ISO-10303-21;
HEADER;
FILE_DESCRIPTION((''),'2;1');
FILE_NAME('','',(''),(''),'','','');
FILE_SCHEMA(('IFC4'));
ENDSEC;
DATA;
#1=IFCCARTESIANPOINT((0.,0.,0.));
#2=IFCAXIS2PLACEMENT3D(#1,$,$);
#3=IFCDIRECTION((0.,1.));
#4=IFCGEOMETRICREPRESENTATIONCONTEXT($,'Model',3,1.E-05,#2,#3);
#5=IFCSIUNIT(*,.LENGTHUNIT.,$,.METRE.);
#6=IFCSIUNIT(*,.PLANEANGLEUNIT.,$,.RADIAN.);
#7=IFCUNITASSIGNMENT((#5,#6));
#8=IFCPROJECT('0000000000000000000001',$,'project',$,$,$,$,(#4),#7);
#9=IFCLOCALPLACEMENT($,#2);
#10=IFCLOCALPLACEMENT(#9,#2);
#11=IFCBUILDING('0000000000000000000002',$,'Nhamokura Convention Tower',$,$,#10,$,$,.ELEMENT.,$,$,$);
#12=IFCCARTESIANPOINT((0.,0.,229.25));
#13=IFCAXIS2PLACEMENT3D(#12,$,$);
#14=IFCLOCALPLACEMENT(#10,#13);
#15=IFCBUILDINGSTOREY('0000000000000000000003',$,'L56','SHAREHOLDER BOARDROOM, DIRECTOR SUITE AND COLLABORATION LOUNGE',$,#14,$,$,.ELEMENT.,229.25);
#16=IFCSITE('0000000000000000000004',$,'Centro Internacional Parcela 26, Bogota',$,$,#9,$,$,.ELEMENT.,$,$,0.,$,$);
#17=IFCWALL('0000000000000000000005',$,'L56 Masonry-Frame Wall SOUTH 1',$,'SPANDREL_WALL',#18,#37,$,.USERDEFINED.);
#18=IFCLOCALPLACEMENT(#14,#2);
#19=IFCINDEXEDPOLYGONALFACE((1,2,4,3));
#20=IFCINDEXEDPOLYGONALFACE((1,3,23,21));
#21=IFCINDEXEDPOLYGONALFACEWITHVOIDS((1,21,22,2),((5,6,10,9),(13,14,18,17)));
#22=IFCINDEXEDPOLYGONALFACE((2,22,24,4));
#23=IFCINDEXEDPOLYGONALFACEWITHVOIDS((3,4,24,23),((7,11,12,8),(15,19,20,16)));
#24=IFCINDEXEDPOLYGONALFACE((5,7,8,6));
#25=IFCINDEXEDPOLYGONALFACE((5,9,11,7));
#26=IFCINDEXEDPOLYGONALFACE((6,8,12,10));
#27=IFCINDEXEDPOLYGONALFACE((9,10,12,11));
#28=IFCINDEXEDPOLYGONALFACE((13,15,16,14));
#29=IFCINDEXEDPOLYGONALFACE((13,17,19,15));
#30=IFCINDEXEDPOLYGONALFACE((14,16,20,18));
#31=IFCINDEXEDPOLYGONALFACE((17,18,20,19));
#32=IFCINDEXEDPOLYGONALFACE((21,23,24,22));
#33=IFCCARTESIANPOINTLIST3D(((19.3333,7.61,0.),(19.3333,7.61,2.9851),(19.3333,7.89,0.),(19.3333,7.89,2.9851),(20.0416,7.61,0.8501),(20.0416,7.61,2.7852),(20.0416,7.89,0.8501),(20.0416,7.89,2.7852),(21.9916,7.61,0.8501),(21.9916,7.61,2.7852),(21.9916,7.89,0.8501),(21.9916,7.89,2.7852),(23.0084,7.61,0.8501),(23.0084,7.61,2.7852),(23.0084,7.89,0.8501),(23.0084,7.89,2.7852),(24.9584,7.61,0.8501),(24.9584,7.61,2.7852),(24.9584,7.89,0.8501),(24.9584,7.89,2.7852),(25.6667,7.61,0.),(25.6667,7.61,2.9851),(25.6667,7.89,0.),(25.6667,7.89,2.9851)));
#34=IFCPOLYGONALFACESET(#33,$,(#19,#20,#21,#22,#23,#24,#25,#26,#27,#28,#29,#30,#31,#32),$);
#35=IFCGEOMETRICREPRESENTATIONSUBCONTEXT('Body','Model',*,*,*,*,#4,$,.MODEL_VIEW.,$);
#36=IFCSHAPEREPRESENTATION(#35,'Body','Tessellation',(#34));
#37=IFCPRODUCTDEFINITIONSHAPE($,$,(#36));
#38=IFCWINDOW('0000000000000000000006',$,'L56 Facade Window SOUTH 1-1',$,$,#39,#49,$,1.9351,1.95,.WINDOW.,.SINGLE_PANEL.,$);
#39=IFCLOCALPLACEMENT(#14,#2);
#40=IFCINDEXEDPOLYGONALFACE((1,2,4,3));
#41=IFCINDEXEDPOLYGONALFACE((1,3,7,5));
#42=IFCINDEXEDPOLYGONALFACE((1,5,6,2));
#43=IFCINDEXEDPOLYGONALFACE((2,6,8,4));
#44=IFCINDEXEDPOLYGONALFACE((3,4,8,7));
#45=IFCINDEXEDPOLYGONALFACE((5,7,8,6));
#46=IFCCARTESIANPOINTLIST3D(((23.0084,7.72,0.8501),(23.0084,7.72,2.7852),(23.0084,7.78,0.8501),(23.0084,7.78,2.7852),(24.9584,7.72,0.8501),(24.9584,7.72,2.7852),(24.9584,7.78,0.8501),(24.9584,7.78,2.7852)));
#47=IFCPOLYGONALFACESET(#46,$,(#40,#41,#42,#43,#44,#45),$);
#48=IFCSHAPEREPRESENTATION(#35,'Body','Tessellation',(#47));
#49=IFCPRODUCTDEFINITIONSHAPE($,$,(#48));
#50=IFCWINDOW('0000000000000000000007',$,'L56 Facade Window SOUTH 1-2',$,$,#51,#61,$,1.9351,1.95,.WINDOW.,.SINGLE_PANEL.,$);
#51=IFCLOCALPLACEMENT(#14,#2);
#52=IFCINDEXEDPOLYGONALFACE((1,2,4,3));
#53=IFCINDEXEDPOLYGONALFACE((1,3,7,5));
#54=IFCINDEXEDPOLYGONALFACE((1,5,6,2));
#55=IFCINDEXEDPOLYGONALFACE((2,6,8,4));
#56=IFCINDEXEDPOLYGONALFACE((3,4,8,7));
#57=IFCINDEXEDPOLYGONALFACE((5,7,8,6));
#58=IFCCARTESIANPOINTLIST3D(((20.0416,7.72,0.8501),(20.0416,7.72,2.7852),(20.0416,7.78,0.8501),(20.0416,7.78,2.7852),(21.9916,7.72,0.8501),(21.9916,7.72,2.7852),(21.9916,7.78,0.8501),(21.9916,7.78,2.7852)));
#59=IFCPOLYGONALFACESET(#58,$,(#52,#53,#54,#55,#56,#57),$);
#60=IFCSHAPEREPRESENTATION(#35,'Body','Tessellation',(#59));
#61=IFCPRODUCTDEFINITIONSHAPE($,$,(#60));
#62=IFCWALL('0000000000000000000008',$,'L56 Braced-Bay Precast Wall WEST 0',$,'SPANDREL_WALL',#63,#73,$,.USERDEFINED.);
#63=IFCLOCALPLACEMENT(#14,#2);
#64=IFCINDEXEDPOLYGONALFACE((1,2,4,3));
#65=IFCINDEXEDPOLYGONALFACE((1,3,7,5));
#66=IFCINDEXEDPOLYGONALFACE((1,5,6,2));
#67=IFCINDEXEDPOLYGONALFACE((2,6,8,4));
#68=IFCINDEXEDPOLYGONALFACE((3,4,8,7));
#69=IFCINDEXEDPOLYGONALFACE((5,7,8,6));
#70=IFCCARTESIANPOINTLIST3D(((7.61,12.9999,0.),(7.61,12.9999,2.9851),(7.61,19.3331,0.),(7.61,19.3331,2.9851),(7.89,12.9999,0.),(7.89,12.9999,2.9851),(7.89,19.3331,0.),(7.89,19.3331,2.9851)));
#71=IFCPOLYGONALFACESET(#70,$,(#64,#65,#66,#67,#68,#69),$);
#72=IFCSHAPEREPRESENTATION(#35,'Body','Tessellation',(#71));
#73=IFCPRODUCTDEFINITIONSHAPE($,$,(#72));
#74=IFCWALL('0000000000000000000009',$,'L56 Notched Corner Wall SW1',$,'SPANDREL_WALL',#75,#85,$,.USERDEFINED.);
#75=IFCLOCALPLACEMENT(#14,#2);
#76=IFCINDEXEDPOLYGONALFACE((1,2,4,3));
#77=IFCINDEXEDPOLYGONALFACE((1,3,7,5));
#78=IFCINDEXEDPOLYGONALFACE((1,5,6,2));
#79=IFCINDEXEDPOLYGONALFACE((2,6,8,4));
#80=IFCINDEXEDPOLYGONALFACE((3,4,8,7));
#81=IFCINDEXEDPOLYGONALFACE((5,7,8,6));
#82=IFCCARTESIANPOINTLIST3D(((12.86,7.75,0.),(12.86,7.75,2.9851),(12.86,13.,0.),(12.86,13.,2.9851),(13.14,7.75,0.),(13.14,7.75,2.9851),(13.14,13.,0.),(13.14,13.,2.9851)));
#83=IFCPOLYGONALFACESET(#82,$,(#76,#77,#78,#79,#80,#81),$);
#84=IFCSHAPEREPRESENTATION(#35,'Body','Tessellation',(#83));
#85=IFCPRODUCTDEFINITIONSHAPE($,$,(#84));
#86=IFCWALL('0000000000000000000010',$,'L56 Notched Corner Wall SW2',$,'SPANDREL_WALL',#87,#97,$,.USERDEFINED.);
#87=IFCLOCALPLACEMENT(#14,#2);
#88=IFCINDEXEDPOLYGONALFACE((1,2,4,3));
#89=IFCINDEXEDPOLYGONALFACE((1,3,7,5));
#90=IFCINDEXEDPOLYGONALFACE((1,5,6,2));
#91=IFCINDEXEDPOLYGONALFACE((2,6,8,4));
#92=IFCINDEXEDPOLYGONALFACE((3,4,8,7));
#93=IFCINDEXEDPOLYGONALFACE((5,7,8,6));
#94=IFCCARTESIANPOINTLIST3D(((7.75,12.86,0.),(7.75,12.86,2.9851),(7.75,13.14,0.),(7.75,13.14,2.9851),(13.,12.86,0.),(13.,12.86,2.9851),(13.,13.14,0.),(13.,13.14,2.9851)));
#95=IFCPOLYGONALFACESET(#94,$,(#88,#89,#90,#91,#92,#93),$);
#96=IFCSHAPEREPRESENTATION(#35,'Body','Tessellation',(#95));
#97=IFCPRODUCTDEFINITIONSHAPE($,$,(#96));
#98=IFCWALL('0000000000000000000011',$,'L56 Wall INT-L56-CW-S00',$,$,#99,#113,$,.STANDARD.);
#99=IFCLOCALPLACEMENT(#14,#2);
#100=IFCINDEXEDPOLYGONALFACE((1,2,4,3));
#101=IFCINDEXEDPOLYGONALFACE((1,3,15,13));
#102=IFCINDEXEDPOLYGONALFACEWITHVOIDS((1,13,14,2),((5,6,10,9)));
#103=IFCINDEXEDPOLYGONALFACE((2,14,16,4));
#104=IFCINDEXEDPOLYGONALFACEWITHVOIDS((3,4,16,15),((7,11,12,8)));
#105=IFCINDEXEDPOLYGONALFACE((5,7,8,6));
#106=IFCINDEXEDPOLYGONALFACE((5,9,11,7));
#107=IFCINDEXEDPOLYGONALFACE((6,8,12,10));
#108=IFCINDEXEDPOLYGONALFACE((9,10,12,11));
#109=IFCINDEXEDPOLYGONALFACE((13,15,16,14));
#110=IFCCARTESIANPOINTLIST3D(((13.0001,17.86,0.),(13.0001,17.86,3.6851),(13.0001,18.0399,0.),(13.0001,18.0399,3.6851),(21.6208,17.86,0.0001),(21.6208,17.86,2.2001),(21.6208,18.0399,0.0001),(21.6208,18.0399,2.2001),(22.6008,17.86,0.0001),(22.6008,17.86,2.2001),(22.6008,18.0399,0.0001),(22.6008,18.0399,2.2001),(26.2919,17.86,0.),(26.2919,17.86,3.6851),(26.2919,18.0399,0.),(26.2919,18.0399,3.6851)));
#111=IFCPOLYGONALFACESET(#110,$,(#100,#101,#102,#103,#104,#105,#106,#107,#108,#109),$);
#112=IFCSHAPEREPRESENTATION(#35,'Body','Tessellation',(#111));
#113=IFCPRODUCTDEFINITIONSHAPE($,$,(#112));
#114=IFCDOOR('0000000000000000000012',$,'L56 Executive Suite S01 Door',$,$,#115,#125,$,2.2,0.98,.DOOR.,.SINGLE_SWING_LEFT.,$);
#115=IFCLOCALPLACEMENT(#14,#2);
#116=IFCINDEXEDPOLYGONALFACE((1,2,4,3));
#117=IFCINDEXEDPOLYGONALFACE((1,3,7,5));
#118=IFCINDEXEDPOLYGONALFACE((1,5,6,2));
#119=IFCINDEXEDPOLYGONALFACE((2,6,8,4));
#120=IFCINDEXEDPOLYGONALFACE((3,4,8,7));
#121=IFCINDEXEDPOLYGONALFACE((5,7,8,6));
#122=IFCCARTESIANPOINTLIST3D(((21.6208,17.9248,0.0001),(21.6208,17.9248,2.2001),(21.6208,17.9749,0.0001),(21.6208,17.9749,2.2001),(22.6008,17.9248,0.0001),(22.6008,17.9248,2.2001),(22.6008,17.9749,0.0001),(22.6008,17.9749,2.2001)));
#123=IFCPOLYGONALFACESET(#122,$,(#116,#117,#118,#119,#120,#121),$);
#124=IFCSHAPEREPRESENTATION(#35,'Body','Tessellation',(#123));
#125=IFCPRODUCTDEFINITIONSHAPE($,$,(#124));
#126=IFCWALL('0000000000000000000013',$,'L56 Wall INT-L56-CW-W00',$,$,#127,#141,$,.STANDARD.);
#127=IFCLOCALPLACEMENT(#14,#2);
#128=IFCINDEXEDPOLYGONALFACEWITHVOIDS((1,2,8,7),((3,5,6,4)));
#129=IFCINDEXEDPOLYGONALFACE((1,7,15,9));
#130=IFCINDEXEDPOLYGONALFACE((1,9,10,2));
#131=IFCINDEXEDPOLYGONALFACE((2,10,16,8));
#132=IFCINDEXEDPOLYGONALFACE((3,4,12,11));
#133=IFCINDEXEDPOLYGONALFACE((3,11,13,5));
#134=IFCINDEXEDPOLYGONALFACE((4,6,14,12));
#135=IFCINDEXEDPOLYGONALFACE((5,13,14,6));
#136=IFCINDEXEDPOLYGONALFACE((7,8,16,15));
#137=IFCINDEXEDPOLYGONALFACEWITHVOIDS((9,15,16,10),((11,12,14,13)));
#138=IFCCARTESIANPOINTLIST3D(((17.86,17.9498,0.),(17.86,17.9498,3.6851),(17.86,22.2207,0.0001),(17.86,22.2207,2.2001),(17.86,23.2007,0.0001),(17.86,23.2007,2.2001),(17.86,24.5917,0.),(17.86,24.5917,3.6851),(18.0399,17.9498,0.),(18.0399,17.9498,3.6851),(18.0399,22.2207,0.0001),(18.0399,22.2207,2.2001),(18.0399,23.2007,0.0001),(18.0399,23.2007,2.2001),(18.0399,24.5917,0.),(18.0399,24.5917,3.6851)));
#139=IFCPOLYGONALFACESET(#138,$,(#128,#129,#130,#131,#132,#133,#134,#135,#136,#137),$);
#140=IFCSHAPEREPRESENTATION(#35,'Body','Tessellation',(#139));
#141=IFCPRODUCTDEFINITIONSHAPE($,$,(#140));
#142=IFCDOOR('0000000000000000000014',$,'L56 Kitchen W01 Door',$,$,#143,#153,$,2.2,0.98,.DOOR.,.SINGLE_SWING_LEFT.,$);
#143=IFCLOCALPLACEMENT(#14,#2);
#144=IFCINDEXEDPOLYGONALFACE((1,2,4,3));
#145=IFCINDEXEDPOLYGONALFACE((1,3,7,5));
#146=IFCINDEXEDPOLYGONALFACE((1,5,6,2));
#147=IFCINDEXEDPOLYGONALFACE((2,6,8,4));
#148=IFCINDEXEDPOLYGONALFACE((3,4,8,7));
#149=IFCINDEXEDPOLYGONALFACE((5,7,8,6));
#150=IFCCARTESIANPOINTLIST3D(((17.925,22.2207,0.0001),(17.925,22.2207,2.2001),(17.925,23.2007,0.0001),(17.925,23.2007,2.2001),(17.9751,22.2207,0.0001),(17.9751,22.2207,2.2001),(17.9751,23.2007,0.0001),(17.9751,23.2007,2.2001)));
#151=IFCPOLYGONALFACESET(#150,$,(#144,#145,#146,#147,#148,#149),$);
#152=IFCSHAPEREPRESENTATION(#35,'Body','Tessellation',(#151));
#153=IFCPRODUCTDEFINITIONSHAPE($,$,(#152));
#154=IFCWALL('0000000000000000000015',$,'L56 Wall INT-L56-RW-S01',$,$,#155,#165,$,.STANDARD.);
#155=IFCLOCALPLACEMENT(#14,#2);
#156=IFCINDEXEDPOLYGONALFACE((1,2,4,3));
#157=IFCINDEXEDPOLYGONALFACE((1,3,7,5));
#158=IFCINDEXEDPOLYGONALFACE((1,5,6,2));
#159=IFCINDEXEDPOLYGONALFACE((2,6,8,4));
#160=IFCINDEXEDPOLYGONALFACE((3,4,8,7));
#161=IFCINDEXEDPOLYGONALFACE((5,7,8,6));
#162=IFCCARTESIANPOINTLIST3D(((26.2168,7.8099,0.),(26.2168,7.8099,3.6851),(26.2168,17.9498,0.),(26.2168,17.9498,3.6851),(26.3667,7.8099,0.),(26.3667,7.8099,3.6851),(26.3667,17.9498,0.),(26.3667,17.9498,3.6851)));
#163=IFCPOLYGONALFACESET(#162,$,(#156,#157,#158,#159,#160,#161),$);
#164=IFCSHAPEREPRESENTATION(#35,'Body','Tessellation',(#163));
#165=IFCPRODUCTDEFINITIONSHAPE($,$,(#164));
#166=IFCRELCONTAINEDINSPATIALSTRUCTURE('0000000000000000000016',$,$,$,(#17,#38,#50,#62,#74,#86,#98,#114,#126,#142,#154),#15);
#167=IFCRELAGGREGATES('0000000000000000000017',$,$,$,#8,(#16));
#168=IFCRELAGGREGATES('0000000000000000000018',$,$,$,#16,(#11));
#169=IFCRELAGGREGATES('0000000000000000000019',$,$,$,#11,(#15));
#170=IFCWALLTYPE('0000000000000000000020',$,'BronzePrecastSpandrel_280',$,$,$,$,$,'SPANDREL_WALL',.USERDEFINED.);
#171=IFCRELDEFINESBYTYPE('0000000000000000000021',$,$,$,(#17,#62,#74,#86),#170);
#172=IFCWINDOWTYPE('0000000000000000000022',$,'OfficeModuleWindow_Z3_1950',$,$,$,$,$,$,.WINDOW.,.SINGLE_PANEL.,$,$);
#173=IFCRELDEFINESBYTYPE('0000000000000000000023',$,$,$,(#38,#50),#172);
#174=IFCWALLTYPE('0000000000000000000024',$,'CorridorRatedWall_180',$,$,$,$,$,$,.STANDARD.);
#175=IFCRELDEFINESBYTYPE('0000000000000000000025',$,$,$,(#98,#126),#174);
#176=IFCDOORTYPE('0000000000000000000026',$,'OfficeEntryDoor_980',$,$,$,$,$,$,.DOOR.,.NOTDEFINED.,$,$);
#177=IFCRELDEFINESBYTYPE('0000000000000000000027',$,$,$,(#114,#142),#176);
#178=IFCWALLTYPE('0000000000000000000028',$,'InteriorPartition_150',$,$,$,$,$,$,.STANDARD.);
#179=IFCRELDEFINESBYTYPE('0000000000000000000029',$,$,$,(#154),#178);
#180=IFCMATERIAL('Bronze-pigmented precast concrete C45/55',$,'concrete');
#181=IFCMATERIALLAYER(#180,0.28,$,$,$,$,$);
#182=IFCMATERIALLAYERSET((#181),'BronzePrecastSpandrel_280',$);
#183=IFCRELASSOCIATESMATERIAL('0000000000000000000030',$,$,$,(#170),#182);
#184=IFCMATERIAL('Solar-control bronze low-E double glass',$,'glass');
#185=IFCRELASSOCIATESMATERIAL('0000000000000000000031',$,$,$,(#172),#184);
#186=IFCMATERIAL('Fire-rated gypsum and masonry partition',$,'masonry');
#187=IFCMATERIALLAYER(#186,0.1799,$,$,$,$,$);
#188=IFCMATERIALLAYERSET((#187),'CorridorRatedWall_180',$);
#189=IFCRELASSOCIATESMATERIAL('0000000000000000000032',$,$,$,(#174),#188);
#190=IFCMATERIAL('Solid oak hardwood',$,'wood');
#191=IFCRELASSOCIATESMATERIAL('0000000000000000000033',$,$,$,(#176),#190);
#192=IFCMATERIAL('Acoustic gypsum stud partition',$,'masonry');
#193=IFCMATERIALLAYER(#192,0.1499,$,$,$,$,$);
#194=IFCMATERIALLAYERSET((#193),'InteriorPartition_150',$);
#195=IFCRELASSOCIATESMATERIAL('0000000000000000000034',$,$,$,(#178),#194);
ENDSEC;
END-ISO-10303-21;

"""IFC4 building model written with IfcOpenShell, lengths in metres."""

from ifc_helpers import new_model, si_unit, direction, frame, frame_2d, origin, place, context, subcontext, project, spatial, rectangle, extrude, material, layer, layer_set, type_object, element, fill, save


model = new_model("IFC4")

# Units and contexts
model_context = context("Model", 3, precision=1e-05, world=origin(), true_north=direction((0.0, 1.0)))
body_context = subcontext(model_context, "Body", "Model", "MODEL_VIEW")
ifc_project = project(units=[si_unit("LENGTHUNIT", "METRE"), si_unit("PLANEANGLEUNIT", "RADIAN")], contexts=[model_context])

# Site, building, storey
site_placement = place(None, origin())
site = spatial("IfcSite", under=ifc_project, at=site_placement, Name="Centro Internacional Parcela 26, Bogota", CompositionType="ELEMENT", RefElevation=0.0)
building_placement = place(site_placement, origin())
building = spatial("IfcBuilding", under=site, at=building_placement, Name="Nhamokura Convention Tower", CompositionType="ELEMENT")
storey_placement = place(building_placement, frame((0.0, 0.0, 229.25)))
storey = spatial("IfcBuildingStorey", under=building, at=storey_placement, Name="L56", Description="SHAREHOLDER BOARDROOM, DIRECTOR SUITE AND COLLABORATION LOUNGE", CompositionType="ELEMENT", Elevation=229.25)

# Shared definitions
ifc_material_1 = material(Name="Bronze-pigmented precast concrete C45/55", Category="concrete")
ifc_layer_1 = layer(ifc_material_1, 0.28)
ifc_layer_set_1 = layer_set([ifc_layer_1], Name="BronzePrecastSpandrel_280")
wall_type_1 = type_object("IfcWallType", Name="BronzePrecastSpandrel_280", ElementType="SPANDREL_WALL", PredefinedType="USERDEFINED", material=ifc_layer_set_1)

# Wall, openings, windows
wall_1_placement = place(storey_placement, frame((25.6667, 7.75, 0.0), z_axis=(0.0, 0.0, 1.0), x_axis=(-1.0, 0.0, 0.0)))
wall_1 = element("IfcWall", 1, at=wall_1_placement, inside=storey, type_object=wall_type_1, Name="L56 Masonry-Frame Wall SOUTH 1", ObjectType="SPANDREL_WALL", PredefinedType="USERDEFINED", context=body_context, shape_type="SweptSolid", body=[
    extrude(rectangle(XDim=6.3335, YDim=0.28, at=frame_2d((3.1667, 0.0))), origin(), (0.0, 0.0, 1.0), 2.9851),
])
opening_1_placement = place(wall_1_placement, frame((0.7083, 0.0, 0.8501)))
opening_1 = element("IfcOpeningElement", 2, at=opening_1_placement, cuts=wall_1, PredefinedType="OPENING", context=body_context, shape_type="SweptSolid", body=[
    extrude(rectangle(XDim=1.95, YDim=1.9351, at=frame_2d((0.9751, 0.9675))), frame((0.0, 0.1499, 0.0), z_axis=(0.0, -1.0, 0.0), x_axis=(1.0, 0.0, 0.0)), (0.0, 0.0, 1.0), 0.3),
])
opening_2_placement = place(wall_1_placement, frame((3.675, 0.0, 0.8501)))
opening_2 = element("IfcOpeningElement", 3, at=opening_2_placement, cuts=wall_1, PredefinedType="OPENING", context=body_context, shape_type="SweptSolid", body=[
    extrude(rectangle(XDim=1.95, YDim=1.9351, at=frame_2d((0.9751, 0.9675))), frame((0.0, 0.1499, 0.0), z_axis=(0.0, -1.0, 0.0), x_axis=(1.0, 0.0, 0.0)), (0.0, 0.0, 1.0), 0.3),
])
ifc_material_2 = material(Name="Solar-control bronze low-E double glass", Category="glass")
window_type = type_object("IfcWindowType", Name="OfficeModuleWindow_Z3_1950", PartitioningType="SINGLE_PANEL", PredefinedType="WINDOW", material=ifc_material_2)
window_1_placement = place(opening_1_placement, origin())
window_1 = element("IfcWindow", 4, at=window_1_placement, inside=storey, type_object=window_type, Name="L56 Facade Window SOUTH 1-1", OverallHeight=1.9351, OverallWidth=1.95, PartitioningType="SINGLE_PANEL", PredefinedType="WINDOW", context=body_context, shape_type="SweptSolid", body=[
    extrude(rectangle(XDim=1.95, YDim=1.9351, at=frame_2d((0.9751, 0.9675))), frame((0.0, 0.03, 0.0), z_axis=(0.0, -1.0, 0.0), x_axis=(1.0, 0.0, 0.0)), (0.0, 0.0, 1.0), 0.0601),
])
fill(opening_1, window_1)
window_2_placement = place(opening_2_placement, origin())
window_2 = element("IfcWindow", 5, at=window_2_placement, inside=storey, type_object=window_type, Name="L56 Facade Window SOUTH 1-2", OverallHeight=1.9351, OverallWidth=1.95, PartitioningType="SINGLE_PANEL", PredefinedType="WINDOW", context=body_context, shape_type="SweptSolid", body=[
    extrude(rectangle(XDim=1.95, YDim=1.9351, at=frame_2d((0.9751, 0.9675))), frame((0.0, 0.03, 0.0), z_axis=(0.0, -1.0, 0.0), x_axis=(1.0, 0.0, 0.0)), (0.0, 0.0, 1.0), 0.0601),
])
fill(opening_2, window_2)

# Walls
wall_2_placement = place(storey_placement, frame((7.75, 13.0, 0.0), z_axis=(0.0, 0.0, 1.0), x_axis=(0.0, 1.0, 0.0)))
element("IfcWall", 6, at=wall_2_placement, inside=storey, type_object=wall_type_1, Name="L56 Braced-Bay Precast Wall WEST 0", ObjectType="SPANDREL_WALL", PredefinedType="USERDEFINED", context=body_context, shape_type="SweptSolid", body=[
    extrude(rectangle(XDim=6.3333, YDim=0.28, at=frame_2d((3.1665, 0.0))), origin(), (0.0, 0.0, 1.0), 2.9851),
])
for number, where, z_axis, x_axis, name in (
    (7, (13.0, 7.75, 0.0), (0.0, 0.0, 1.0), (0.0, 1.0, 0.0), "L56 Notched Corner Wall SW1"),
    (8, (13.0, 13.0, 0.0), (0.0, 0.0, 1.0), (-1.0, 0.0, 0.0), "L56 Notched Corner Wall SW2"),
):
    element("IfcWall", number, at=place(storey_placement, frame(where, z_axis=z_axis, x_axis=x_axis)), inside=storey, type_object=wall_type_1, Name=name, ObjectType="SPANDREL_WALL", PredefinedType="USERDEFINED", context=body_context, shape_type="SweptSolid", body=[
        extrude(rectangle(XDim=5.25, YDim=0.28, at=frame_2d((2.625, 0.0))), origin(), (0.0, 0.0, 1.0), 2.9851),
    ])

# Walls, openings, doors
ifc_material_3 = material(Name="Fire-rated gypsum and masonry partition", Category="masonry")
ifc_layer_2 = layer(ifc_material_3, 0.1799)
ifc_layer_set_2 = layer_set([ifc_layer_2], Name="CorridorRatedWall_180")
wall_type_2 = type_object("IfcWallType", Name="CorridorRatedWall_180", PredefinedType="STANDARD", material=ifc_layer_set_2)
wall_3_placement = place(storey_placement, frame((13.0, 17.95, 0.0), z_axis=(0.0, 0.0, 1.0), x_axis=(1.0, 0.0, 0.0)))
wall_3 = element("IfcWall", 9, at=wall_3_placement, inside=storey, type_object=wall_type_2, Name="L56 Wall INT-L56-CW-S00", PredefinedType="STANDARD", context=body_context, shape_type="SweptSolid", body=[
    extrude(rectangle(XDim=13.2917, YDim=0.1799, at=frame_2d((6.646, 0.0))), origin(), (0.0, 0.0, 1.0), 3.6851),
])
opening_3_placement = place(wall_3_placement, frame((8.6208, 0.0, 0.0)))
opening_3 = element("IfcOpeningElement", 10, at=opening_3_placement, cuts=wall_3, PredefinedType="OPENING", context=body_context, shape_type="SweptSolid", body=[
    extrude(rectangle(XDim=0.98, YDim=2.2, at=frame_2d((0.49, 1.1001))), frame((0.0, 0.0999, 0.0), z_axis=(0.0, -1.0, 0.0), x_axis=(1.0, 0.0, 0.0)), (0.0, 0.0, 1.0), 0.2),
])
ifc_material_4 = material(Name="Solid oak hardwood", Category="wood")
door_type = type_object("IfcDoorType", Name="OfficeEntryDoor_980", OperationType="NOTDEFINED", PredefinedType="DOOR", material=ifc_material_4)
door_1_placement = place(opening_3_placement, origin())
door_1 = element("IfcDoor", 11, at=door_1_placement, inside=storey, type_object=door_type, Name="L56 Executive Suite S01 Door", OperationType="SINGLE_SWING_LEFT", OverallHeight=2.2, OverallWidth=0.98, PredefinedType="DOOR", context=body_context, shape_type="SweptSolid", body=[
    extrude(rectangle(XDim=0.98, YDim=2.2, at=frame_2d((0.49, 1.1001))), frame((0.0, 0.0249, 0.0), z_axis=(0.0, -1.0, 0.0), x_axis=(1.0, 0.0, 0.0)), (0.0, 0.0, 1.0), 0.05),
])
fill(opening_3, door_1)
wall_4_placement = place(storey_placement, frame((17.95, 17.95, 0.0), z_axis=(0.0, 0.0, 1.0), x_axis=(0.0, 1.0, 0.0)))
wall_4 = element("IfcWall", 12, at=wall_4_placement, inside=storey, type_object=wall_type_2, Name="L56 Wall INT-L56-CW-W00", PredefinedType="STANDARD", context=body_context, shape_type="SweptSolid", body=[
    extrude(rectangle(XDim=6.6418, YDim=0.1799, at=frame_2d((3.3208, 0.0))), origin(), (0.0, 0.0, 1.0), 3.6851),
])
opening_4_placement = place(wall_4_placement, frame((4.2708, 0.0, 0.0)))
opening_4 = element("IfcOpeningElement", 13, at=opening_4_placement, cuts=wall_4, PredefinedType="OPENING", context=body_context, shape_type="SweptSolid", body=[
    extrude(rectangle(XDim=0.98, YDim=2.2, at=frame_2d((0.49, 1.1001))), frame((0.0, 0.0999, 0.0), z_axis=(0.0, -1.0, 0.0), x_axis=(1.0, 0.0, 0.0)), (0.0, 0.0, 1.0), 0.2),
])
door_2_placement = place(opening_4_placement, origin())
door_2 = element("IfcDoor", 14, at=door_2_placement, inside=storey, type_object=door_type, Name="L56 Kitchen W01 Door", OperationType="SINGLE_SWING_LEFT", OverallHeight=2.2, OverallWidth=0.98, PredefinedType="DOOR", context=body_context, shape_type="SweptSolid", body=[
    extrude(rectangle(XDim=0.98, YDim=2.2, at=frame_2d((0.49, 1.1001))), frame((0.0, 0.0249, 0.0), z_axis=(0.0, -1.0, 0.0), x_axis=(1.0, 0.0, 0.0)), (0.0, 0.0, 1.0), 0.05),
])
fill(opening_4, door_2)

# Wall
ifc_material_5 = material(Name="Acoustic gypsum stud partition", Category="masonry")
ifc_layer_3 = layer(ifc_material_5, 0.1499)
ifc_layer_set_3 = layer_set([ifc_layer_3], Name="InteriorPartition_150")
wall_type_3 = type_object("IfcWallType", Name="InteriorPartition_150", PredefinedType="STANDARD", material=ifc_layer_set_3)
wall_5_placement = place(storey_placement, frame((26.2917, 7.8101, 0.0), z_axis=(0.0, 0.0, 1.0), x_axis=(0.0, 1.0, 0.0)))
element("IfcWall", 15, at=wall_5_placement, inside=storey, type_object=wall_type_3, Name="L56 Wall INT-L56-RW-S01", PredefinedType="STANDARD", context=body_context, shape_type="SweptSolid", body=[
    extrude(rectangle(XDim=10.1399, YDim=0.1499, at=frame_2d((5.0698, 0.0))), origin(), (0.0, 0.0, 1.0), 3.6851),
])

save(model, "model.ifc")
